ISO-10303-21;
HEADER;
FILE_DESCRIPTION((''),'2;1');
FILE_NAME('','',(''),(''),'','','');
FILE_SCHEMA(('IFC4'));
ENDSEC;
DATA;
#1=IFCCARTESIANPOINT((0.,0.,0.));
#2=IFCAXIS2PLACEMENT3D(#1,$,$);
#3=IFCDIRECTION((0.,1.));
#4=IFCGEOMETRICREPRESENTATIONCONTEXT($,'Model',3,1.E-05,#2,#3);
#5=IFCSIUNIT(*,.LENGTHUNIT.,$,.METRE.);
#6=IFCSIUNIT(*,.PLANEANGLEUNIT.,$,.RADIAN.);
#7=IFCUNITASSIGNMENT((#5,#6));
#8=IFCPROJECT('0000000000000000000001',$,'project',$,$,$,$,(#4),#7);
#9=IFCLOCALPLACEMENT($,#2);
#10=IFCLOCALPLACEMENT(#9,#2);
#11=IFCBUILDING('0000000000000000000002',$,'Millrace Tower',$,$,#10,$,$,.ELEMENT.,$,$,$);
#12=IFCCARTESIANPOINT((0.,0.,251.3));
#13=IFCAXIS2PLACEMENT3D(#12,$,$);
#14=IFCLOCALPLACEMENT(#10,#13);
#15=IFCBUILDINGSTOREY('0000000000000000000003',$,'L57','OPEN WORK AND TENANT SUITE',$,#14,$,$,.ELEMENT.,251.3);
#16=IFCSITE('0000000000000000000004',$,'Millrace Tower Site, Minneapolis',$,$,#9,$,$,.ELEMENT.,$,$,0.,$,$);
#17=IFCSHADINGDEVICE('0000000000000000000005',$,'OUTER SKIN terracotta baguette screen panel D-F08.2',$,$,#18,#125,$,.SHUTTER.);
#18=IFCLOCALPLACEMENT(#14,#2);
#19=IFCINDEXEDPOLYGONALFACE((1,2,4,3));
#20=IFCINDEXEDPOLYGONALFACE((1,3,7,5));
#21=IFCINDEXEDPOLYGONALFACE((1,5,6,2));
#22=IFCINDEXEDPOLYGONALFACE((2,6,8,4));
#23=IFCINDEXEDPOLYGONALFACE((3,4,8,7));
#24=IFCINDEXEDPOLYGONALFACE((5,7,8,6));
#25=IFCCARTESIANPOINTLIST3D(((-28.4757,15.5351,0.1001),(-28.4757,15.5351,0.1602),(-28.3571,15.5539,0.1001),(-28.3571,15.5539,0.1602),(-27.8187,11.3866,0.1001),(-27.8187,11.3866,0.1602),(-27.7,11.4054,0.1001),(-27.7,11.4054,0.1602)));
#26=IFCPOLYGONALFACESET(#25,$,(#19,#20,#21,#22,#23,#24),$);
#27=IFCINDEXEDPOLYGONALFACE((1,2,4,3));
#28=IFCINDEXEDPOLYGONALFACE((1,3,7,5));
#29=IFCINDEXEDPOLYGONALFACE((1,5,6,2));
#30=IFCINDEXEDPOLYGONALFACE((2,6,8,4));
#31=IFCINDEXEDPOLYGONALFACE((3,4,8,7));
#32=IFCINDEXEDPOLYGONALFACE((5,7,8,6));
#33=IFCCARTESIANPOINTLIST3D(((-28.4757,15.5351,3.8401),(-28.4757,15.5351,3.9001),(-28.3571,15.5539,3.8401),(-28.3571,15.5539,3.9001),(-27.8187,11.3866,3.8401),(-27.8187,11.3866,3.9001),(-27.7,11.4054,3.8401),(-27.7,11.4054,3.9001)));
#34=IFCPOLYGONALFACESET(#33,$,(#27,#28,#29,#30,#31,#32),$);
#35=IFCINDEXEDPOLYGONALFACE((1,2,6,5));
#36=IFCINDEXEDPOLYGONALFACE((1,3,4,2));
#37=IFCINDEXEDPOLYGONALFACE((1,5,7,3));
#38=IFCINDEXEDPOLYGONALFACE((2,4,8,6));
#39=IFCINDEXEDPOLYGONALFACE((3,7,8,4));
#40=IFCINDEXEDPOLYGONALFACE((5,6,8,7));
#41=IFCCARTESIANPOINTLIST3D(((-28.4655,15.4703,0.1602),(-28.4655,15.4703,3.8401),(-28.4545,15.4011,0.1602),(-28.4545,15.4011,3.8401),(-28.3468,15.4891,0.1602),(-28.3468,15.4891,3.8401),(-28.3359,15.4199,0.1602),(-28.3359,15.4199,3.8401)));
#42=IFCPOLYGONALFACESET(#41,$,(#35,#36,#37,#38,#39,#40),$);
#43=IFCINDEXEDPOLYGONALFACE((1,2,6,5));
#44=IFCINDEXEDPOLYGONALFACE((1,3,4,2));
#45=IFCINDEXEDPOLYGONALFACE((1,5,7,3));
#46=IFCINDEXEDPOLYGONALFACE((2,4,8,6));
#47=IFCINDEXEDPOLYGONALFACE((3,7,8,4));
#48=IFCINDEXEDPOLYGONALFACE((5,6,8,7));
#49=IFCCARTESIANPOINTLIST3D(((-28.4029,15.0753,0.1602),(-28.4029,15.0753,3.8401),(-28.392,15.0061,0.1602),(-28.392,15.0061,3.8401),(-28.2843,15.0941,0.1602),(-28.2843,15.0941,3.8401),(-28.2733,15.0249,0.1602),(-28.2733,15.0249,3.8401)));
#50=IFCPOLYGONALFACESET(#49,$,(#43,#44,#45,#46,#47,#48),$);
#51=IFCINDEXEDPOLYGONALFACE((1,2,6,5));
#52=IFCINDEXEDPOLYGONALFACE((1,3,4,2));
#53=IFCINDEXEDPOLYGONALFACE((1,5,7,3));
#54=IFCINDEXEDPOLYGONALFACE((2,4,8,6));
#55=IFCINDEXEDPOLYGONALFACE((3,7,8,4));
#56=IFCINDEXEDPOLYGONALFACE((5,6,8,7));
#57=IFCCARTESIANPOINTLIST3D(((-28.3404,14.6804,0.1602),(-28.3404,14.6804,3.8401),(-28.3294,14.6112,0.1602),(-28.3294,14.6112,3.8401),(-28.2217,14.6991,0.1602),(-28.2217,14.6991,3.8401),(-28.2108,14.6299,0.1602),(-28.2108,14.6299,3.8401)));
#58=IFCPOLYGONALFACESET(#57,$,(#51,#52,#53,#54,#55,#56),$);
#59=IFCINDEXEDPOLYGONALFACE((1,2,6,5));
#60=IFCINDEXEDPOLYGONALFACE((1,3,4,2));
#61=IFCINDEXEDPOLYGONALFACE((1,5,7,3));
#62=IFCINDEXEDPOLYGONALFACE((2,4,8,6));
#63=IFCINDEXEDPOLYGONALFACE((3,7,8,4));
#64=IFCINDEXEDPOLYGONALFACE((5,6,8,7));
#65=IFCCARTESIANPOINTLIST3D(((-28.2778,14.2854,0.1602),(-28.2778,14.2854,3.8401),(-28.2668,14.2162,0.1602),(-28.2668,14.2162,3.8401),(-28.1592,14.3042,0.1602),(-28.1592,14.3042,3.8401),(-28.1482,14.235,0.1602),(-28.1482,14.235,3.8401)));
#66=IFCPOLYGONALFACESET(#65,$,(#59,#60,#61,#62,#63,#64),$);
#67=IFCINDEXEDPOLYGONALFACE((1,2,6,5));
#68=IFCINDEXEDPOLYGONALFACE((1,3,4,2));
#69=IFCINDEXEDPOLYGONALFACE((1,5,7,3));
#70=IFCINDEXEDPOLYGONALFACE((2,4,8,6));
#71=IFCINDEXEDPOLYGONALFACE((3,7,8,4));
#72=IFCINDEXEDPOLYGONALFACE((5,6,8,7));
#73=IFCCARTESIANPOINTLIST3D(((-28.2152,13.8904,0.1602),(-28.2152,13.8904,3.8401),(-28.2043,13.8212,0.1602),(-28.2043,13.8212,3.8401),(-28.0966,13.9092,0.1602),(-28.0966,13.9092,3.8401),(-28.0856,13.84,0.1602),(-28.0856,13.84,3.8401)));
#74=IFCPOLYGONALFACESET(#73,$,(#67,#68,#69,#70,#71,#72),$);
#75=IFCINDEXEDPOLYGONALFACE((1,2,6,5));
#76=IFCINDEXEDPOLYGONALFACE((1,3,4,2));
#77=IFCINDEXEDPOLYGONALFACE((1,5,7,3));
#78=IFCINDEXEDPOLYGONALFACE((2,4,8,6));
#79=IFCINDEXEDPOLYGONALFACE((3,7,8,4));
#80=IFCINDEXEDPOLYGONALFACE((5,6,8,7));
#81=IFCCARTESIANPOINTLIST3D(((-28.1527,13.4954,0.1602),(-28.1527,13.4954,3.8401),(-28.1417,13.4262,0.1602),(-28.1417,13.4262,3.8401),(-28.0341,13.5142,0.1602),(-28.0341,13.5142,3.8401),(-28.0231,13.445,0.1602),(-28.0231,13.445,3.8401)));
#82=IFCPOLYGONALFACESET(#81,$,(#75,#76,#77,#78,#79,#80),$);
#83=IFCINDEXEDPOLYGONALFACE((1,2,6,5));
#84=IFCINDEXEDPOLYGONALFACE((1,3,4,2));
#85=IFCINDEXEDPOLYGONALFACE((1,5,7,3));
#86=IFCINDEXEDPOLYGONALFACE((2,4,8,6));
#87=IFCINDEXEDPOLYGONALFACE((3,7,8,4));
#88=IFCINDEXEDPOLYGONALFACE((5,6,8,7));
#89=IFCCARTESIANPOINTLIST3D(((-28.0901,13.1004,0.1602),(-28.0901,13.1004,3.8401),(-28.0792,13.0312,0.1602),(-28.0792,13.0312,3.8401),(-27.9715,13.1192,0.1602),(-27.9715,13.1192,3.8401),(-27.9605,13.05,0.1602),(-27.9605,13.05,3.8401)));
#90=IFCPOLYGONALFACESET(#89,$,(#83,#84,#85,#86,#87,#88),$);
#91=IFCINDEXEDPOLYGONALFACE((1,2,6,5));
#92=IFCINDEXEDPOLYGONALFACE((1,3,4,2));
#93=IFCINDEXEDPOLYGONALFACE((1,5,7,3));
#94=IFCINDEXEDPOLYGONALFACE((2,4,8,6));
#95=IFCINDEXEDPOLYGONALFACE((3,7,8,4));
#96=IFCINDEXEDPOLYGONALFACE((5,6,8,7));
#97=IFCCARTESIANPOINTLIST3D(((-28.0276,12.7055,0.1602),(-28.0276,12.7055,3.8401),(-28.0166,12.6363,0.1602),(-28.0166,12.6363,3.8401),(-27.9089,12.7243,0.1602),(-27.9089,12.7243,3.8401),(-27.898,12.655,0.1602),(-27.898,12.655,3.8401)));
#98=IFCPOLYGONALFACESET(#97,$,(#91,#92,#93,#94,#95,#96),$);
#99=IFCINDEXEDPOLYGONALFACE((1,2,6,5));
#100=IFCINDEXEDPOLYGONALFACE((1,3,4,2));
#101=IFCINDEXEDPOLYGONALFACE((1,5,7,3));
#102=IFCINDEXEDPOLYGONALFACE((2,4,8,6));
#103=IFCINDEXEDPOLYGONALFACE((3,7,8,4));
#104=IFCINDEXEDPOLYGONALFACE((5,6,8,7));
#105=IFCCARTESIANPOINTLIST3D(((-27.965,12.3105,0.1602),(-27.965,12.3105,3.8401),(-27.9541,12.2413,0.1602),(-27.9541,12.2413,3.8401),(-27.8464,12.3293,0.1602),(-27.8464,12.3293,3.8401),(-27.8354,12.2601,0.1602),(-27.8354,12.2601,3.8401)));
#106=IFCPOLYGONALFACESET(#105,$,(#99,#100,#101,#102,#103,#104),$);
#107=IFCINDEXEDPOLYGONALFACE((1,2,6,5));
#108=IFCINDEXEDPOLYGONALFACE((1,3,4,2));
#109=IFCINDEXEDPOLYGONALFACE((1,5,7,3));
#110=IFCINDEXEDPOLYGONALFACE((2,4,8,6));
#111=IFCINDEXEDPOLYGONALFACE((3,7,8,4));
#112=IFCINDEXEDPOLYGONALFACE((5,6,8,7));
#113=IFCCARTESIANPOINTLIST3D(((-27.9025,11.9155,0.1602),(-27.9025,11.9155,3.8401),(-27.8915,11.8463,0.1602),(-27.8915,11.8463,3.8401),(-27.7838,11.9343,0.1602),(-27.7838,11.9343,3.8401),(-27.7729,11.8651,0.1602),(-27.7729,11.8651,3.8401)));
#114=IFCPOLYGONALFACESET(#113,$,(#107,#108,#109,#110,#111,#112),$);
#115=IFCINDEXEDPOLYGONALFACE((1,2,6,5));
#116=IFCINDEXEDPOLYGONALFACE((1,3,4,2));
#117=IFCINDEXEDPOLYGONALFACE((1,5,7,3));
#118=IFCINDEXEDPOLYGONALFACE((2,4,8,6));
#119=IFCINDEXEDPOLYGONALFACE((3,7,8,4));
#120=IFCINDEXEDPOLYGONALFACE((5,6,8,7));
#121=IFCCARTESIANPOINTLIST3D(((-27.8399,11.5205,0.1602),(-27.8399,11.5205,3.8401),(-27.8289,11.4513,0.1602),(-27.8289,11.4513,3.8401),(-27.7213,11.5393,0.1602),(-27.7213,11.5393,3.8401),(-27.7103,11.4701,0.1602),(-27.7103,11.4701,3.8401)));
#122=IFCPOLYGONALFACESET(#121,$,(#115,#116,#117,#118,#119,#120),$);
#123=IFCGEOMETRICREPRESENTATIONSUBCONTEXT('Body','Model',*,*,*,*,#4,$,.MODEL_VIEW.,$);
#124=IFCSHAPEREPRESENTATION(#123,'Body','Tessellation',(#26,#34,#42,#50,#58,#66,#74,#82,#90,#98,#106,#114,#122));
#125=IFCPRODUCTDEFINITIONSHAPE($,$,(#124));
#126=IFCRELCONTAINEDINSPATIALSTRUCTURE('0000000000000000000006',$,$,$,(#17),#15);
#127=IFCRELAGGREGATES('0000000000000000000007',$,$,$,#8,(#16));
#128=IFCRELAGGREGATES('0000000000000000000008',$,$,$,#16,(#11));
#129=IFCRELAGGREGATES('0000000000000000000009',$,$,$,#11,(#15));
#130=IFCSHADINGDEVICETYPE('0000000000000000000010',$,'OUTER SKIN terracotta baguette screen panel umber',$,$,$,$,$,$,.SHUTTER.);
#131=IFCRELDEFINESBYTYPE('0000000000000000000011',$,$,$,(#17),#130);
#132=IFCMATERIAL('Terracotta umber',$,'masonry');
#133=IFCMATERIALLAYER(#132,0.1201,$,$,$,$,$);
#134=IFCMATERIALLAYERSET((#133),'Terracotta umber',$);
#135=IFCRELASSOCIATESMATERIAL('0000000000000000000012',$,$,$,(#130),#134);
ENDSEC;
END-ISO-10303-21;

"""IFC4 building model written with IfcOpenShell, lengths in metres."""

from ifc_helpers import new_model, entity, si_unit, direction, frame, frame_2d, origin, origin_2d, place, context, subcontext, project, spatial, rectangle, extrude, source, transform, mapped, material, layer, layer_set, type_object, element, save


model = new_model("IFC4")

# Units and contexts
model_context = context("Model", 3, precision=1e-05, world=origin(), true_north=direction((0.0, 1.0)))
body_context = subcontext(model_context, "Body", "Model", "MODEL_VIEW")
ifc_project = project(units=[si_unit("LENGTHUNIT", "METRE"), si_unit("PLANEANGLEUNIT", "RADIAN")], contexts=[model_context])

# Site, building, storey
site_placement = place(None, origin())
site = spatial("IfcSite", under=ifc_project, at=site_placement, Name="Millrace Tower Site, Minneapolis", CompositionType="ELEMENT", RefElevation=0.0)
building_placement = place(site_placement, origin())
building = spatial("IfcBuilding", under=site, at=building_placement, Name="Millrace Tower", CompositionType="ELEMENT")
storey_placement = place(building_placement, frame((0.0, 0.0, 251.3)))
storey = spatial("IfcBuildingStorey", under=building, at=storey_placement, Name="L57", Description="OPEN WORK AND TENANT SUITE", CompositionType="ELEMENT", Elevation=251.3)

# Shading device
ifc_material_1 = material(Name="Terracotta umber", Category="masonry")
ifc_layer_1 = layer(ifc_material_1, 0.1201)
ifc_layer_set_1 = layer_set([ifc_layer_1], Name="Terracotta umber")
shading_device_type = type_object("IfcShadingDeviceType", Name="OUTER SKIN terracotta baguette screen panel umber", PredefinedType="SHUTTER", material=ifc_layer_set_1)
cartesian_point_1 = entity("IfcCartesianPoint", [-2.1001, 0.0601])
shared_polyline_1 = entity("IfcPolyline", [cartesian_point_1, entity("IfcCartesianPoint", [2.1001, 0.0601]), entity("IfcCartesianPoint", [2.1001, -0.0601]), entity("IfcCartesianPoint", [-2.1001, -0.0601]), cartesian_point_1])
shared_shape_1 = source(origin(), body_context, "Body", "SweptSolid", [
    entity("IfcExtrudedAreaSolid", entity("IfcArbitraryClosedProfileDef", "AREA", None, shared_polyline_1), entity("IfcAxis2Placement3D", entity("IfcCartesianPoint", [0.0, 0.0, 0.0])), entity("IfcDirection", [0.0, 0.0, 1.0]), 0.0601),
    entity("IfcExtrudedAreaSolid", entity("IfcArbitraryClosedProfileDef", "AREA", None, shared_polyline_1), entity("IfcAxis2Placement3D", entity("IfcCartesianPoint", [0.0, 0.0, 3.74])), entity("IfcDirection", [0.0, 0.0, 1.0]), 0.0601),
    extrude(rectangle(XDim=0.0701, YDim=0.1201, at=frame_2d((-1.9995, 0.0))), frame((0.0, 0.0, 0.0601)), (0.0, 0.0, 1.0), 3.6799),
    extrude(rectangle(XDim=0.0701, YDim=0.1201, at=frame_2d((-1.5996, 0.0))), frame((0.0, 0.0, 0.0601)), (0.0, 0.0, 1.0), 3.6799),
    extrude(rectangle(XDim=0.0701, YDim=0.1201, at=frame_2d((-1.1997, 0.0))), frame((0.0, 0.0, 0.0601)), (0.0, 0.0, 1.0), 3.6799),
    extrude(rectangle(XDim=0.0701, YDim=0.1201, at=frame_2d((-0.7998, 0.0))), frame((0.0, 0.0, 0.0601)), (0.0, 0.0, 1.0), 3.6799),
    extrude(rectangle(XDim=0.0701, YDim=0.1201, at=frame_2d((-0.3999, 0.0))), frame((0.0, 0.0, 0.0601)), (0.0, 0.0, 1.0), 3.6799),
    extrude(rectangle(XDim=0.0701, YDim=0.1201, at=origin_2d()), frame((0.0, 0.0, 0.0601)), (0.0, 0.0, 1.0), 3.6799),
    extrude(rectangle(XDim=0.0701, YDim=0.1201, at=frame_2d((0.3999, 0.0))), frame((0.0, 0.0, 0.0601)), (0.0, 0.0, 1.0), 3.6799),
    extrude(rectangle(XDim=0.0701, YDim=0.1201, at=frame_2d((0.7998, 0.0))), frame((0.0, 0.0, 0.0601)), (0.0, 0.0, 1.0), 3.6799),
    extrude(rectangle(XDim=0.0701, YDim=0.1201, at=frame_2d((1.1997, 0.0))), frame((0.0, 0.0, 0.0601)), (0.0, 0.0, 1.0), 3.6799),
    extrude(rectangle(XDim=0.0701, YDim=0.1201, at=frame_2d((1.5996, 0.0))), frame((0.0, 0.0, 0.0601)), (0.0, 0.0, 1.0), 3.6799),
    extrude(rectangle(XDim=0.0701, YDim=0.1201, at=frame_2d((1.9995, 0.0))), frame((0.0, 0.0, 0.0601)), (0.0, 0.0, 1.0), 3.6799),
])
shading_device_1_placement = place(storey_placement, frame((-28.0879, 13.4702, 0.1001), z_axis=(0.0, 0.0, 1.0), x_axis=(0.156434, -0.987688, 0.0)))
element("IfcShadingDevice", 1, at=shading_device_1_placement, inside=storey, type_object=shading_device_type, Name="OUTER SKIN terracotta baguette screen panel D-F08.2", PredefinedType="SHUTTER", context=body_context, shape_type="MappedRepresentation", body=[
    mapped(shared_shape_1, transform((0.0, 0.0, 0.0), scale=1.0)),
])

save(model, "model.ifc")
